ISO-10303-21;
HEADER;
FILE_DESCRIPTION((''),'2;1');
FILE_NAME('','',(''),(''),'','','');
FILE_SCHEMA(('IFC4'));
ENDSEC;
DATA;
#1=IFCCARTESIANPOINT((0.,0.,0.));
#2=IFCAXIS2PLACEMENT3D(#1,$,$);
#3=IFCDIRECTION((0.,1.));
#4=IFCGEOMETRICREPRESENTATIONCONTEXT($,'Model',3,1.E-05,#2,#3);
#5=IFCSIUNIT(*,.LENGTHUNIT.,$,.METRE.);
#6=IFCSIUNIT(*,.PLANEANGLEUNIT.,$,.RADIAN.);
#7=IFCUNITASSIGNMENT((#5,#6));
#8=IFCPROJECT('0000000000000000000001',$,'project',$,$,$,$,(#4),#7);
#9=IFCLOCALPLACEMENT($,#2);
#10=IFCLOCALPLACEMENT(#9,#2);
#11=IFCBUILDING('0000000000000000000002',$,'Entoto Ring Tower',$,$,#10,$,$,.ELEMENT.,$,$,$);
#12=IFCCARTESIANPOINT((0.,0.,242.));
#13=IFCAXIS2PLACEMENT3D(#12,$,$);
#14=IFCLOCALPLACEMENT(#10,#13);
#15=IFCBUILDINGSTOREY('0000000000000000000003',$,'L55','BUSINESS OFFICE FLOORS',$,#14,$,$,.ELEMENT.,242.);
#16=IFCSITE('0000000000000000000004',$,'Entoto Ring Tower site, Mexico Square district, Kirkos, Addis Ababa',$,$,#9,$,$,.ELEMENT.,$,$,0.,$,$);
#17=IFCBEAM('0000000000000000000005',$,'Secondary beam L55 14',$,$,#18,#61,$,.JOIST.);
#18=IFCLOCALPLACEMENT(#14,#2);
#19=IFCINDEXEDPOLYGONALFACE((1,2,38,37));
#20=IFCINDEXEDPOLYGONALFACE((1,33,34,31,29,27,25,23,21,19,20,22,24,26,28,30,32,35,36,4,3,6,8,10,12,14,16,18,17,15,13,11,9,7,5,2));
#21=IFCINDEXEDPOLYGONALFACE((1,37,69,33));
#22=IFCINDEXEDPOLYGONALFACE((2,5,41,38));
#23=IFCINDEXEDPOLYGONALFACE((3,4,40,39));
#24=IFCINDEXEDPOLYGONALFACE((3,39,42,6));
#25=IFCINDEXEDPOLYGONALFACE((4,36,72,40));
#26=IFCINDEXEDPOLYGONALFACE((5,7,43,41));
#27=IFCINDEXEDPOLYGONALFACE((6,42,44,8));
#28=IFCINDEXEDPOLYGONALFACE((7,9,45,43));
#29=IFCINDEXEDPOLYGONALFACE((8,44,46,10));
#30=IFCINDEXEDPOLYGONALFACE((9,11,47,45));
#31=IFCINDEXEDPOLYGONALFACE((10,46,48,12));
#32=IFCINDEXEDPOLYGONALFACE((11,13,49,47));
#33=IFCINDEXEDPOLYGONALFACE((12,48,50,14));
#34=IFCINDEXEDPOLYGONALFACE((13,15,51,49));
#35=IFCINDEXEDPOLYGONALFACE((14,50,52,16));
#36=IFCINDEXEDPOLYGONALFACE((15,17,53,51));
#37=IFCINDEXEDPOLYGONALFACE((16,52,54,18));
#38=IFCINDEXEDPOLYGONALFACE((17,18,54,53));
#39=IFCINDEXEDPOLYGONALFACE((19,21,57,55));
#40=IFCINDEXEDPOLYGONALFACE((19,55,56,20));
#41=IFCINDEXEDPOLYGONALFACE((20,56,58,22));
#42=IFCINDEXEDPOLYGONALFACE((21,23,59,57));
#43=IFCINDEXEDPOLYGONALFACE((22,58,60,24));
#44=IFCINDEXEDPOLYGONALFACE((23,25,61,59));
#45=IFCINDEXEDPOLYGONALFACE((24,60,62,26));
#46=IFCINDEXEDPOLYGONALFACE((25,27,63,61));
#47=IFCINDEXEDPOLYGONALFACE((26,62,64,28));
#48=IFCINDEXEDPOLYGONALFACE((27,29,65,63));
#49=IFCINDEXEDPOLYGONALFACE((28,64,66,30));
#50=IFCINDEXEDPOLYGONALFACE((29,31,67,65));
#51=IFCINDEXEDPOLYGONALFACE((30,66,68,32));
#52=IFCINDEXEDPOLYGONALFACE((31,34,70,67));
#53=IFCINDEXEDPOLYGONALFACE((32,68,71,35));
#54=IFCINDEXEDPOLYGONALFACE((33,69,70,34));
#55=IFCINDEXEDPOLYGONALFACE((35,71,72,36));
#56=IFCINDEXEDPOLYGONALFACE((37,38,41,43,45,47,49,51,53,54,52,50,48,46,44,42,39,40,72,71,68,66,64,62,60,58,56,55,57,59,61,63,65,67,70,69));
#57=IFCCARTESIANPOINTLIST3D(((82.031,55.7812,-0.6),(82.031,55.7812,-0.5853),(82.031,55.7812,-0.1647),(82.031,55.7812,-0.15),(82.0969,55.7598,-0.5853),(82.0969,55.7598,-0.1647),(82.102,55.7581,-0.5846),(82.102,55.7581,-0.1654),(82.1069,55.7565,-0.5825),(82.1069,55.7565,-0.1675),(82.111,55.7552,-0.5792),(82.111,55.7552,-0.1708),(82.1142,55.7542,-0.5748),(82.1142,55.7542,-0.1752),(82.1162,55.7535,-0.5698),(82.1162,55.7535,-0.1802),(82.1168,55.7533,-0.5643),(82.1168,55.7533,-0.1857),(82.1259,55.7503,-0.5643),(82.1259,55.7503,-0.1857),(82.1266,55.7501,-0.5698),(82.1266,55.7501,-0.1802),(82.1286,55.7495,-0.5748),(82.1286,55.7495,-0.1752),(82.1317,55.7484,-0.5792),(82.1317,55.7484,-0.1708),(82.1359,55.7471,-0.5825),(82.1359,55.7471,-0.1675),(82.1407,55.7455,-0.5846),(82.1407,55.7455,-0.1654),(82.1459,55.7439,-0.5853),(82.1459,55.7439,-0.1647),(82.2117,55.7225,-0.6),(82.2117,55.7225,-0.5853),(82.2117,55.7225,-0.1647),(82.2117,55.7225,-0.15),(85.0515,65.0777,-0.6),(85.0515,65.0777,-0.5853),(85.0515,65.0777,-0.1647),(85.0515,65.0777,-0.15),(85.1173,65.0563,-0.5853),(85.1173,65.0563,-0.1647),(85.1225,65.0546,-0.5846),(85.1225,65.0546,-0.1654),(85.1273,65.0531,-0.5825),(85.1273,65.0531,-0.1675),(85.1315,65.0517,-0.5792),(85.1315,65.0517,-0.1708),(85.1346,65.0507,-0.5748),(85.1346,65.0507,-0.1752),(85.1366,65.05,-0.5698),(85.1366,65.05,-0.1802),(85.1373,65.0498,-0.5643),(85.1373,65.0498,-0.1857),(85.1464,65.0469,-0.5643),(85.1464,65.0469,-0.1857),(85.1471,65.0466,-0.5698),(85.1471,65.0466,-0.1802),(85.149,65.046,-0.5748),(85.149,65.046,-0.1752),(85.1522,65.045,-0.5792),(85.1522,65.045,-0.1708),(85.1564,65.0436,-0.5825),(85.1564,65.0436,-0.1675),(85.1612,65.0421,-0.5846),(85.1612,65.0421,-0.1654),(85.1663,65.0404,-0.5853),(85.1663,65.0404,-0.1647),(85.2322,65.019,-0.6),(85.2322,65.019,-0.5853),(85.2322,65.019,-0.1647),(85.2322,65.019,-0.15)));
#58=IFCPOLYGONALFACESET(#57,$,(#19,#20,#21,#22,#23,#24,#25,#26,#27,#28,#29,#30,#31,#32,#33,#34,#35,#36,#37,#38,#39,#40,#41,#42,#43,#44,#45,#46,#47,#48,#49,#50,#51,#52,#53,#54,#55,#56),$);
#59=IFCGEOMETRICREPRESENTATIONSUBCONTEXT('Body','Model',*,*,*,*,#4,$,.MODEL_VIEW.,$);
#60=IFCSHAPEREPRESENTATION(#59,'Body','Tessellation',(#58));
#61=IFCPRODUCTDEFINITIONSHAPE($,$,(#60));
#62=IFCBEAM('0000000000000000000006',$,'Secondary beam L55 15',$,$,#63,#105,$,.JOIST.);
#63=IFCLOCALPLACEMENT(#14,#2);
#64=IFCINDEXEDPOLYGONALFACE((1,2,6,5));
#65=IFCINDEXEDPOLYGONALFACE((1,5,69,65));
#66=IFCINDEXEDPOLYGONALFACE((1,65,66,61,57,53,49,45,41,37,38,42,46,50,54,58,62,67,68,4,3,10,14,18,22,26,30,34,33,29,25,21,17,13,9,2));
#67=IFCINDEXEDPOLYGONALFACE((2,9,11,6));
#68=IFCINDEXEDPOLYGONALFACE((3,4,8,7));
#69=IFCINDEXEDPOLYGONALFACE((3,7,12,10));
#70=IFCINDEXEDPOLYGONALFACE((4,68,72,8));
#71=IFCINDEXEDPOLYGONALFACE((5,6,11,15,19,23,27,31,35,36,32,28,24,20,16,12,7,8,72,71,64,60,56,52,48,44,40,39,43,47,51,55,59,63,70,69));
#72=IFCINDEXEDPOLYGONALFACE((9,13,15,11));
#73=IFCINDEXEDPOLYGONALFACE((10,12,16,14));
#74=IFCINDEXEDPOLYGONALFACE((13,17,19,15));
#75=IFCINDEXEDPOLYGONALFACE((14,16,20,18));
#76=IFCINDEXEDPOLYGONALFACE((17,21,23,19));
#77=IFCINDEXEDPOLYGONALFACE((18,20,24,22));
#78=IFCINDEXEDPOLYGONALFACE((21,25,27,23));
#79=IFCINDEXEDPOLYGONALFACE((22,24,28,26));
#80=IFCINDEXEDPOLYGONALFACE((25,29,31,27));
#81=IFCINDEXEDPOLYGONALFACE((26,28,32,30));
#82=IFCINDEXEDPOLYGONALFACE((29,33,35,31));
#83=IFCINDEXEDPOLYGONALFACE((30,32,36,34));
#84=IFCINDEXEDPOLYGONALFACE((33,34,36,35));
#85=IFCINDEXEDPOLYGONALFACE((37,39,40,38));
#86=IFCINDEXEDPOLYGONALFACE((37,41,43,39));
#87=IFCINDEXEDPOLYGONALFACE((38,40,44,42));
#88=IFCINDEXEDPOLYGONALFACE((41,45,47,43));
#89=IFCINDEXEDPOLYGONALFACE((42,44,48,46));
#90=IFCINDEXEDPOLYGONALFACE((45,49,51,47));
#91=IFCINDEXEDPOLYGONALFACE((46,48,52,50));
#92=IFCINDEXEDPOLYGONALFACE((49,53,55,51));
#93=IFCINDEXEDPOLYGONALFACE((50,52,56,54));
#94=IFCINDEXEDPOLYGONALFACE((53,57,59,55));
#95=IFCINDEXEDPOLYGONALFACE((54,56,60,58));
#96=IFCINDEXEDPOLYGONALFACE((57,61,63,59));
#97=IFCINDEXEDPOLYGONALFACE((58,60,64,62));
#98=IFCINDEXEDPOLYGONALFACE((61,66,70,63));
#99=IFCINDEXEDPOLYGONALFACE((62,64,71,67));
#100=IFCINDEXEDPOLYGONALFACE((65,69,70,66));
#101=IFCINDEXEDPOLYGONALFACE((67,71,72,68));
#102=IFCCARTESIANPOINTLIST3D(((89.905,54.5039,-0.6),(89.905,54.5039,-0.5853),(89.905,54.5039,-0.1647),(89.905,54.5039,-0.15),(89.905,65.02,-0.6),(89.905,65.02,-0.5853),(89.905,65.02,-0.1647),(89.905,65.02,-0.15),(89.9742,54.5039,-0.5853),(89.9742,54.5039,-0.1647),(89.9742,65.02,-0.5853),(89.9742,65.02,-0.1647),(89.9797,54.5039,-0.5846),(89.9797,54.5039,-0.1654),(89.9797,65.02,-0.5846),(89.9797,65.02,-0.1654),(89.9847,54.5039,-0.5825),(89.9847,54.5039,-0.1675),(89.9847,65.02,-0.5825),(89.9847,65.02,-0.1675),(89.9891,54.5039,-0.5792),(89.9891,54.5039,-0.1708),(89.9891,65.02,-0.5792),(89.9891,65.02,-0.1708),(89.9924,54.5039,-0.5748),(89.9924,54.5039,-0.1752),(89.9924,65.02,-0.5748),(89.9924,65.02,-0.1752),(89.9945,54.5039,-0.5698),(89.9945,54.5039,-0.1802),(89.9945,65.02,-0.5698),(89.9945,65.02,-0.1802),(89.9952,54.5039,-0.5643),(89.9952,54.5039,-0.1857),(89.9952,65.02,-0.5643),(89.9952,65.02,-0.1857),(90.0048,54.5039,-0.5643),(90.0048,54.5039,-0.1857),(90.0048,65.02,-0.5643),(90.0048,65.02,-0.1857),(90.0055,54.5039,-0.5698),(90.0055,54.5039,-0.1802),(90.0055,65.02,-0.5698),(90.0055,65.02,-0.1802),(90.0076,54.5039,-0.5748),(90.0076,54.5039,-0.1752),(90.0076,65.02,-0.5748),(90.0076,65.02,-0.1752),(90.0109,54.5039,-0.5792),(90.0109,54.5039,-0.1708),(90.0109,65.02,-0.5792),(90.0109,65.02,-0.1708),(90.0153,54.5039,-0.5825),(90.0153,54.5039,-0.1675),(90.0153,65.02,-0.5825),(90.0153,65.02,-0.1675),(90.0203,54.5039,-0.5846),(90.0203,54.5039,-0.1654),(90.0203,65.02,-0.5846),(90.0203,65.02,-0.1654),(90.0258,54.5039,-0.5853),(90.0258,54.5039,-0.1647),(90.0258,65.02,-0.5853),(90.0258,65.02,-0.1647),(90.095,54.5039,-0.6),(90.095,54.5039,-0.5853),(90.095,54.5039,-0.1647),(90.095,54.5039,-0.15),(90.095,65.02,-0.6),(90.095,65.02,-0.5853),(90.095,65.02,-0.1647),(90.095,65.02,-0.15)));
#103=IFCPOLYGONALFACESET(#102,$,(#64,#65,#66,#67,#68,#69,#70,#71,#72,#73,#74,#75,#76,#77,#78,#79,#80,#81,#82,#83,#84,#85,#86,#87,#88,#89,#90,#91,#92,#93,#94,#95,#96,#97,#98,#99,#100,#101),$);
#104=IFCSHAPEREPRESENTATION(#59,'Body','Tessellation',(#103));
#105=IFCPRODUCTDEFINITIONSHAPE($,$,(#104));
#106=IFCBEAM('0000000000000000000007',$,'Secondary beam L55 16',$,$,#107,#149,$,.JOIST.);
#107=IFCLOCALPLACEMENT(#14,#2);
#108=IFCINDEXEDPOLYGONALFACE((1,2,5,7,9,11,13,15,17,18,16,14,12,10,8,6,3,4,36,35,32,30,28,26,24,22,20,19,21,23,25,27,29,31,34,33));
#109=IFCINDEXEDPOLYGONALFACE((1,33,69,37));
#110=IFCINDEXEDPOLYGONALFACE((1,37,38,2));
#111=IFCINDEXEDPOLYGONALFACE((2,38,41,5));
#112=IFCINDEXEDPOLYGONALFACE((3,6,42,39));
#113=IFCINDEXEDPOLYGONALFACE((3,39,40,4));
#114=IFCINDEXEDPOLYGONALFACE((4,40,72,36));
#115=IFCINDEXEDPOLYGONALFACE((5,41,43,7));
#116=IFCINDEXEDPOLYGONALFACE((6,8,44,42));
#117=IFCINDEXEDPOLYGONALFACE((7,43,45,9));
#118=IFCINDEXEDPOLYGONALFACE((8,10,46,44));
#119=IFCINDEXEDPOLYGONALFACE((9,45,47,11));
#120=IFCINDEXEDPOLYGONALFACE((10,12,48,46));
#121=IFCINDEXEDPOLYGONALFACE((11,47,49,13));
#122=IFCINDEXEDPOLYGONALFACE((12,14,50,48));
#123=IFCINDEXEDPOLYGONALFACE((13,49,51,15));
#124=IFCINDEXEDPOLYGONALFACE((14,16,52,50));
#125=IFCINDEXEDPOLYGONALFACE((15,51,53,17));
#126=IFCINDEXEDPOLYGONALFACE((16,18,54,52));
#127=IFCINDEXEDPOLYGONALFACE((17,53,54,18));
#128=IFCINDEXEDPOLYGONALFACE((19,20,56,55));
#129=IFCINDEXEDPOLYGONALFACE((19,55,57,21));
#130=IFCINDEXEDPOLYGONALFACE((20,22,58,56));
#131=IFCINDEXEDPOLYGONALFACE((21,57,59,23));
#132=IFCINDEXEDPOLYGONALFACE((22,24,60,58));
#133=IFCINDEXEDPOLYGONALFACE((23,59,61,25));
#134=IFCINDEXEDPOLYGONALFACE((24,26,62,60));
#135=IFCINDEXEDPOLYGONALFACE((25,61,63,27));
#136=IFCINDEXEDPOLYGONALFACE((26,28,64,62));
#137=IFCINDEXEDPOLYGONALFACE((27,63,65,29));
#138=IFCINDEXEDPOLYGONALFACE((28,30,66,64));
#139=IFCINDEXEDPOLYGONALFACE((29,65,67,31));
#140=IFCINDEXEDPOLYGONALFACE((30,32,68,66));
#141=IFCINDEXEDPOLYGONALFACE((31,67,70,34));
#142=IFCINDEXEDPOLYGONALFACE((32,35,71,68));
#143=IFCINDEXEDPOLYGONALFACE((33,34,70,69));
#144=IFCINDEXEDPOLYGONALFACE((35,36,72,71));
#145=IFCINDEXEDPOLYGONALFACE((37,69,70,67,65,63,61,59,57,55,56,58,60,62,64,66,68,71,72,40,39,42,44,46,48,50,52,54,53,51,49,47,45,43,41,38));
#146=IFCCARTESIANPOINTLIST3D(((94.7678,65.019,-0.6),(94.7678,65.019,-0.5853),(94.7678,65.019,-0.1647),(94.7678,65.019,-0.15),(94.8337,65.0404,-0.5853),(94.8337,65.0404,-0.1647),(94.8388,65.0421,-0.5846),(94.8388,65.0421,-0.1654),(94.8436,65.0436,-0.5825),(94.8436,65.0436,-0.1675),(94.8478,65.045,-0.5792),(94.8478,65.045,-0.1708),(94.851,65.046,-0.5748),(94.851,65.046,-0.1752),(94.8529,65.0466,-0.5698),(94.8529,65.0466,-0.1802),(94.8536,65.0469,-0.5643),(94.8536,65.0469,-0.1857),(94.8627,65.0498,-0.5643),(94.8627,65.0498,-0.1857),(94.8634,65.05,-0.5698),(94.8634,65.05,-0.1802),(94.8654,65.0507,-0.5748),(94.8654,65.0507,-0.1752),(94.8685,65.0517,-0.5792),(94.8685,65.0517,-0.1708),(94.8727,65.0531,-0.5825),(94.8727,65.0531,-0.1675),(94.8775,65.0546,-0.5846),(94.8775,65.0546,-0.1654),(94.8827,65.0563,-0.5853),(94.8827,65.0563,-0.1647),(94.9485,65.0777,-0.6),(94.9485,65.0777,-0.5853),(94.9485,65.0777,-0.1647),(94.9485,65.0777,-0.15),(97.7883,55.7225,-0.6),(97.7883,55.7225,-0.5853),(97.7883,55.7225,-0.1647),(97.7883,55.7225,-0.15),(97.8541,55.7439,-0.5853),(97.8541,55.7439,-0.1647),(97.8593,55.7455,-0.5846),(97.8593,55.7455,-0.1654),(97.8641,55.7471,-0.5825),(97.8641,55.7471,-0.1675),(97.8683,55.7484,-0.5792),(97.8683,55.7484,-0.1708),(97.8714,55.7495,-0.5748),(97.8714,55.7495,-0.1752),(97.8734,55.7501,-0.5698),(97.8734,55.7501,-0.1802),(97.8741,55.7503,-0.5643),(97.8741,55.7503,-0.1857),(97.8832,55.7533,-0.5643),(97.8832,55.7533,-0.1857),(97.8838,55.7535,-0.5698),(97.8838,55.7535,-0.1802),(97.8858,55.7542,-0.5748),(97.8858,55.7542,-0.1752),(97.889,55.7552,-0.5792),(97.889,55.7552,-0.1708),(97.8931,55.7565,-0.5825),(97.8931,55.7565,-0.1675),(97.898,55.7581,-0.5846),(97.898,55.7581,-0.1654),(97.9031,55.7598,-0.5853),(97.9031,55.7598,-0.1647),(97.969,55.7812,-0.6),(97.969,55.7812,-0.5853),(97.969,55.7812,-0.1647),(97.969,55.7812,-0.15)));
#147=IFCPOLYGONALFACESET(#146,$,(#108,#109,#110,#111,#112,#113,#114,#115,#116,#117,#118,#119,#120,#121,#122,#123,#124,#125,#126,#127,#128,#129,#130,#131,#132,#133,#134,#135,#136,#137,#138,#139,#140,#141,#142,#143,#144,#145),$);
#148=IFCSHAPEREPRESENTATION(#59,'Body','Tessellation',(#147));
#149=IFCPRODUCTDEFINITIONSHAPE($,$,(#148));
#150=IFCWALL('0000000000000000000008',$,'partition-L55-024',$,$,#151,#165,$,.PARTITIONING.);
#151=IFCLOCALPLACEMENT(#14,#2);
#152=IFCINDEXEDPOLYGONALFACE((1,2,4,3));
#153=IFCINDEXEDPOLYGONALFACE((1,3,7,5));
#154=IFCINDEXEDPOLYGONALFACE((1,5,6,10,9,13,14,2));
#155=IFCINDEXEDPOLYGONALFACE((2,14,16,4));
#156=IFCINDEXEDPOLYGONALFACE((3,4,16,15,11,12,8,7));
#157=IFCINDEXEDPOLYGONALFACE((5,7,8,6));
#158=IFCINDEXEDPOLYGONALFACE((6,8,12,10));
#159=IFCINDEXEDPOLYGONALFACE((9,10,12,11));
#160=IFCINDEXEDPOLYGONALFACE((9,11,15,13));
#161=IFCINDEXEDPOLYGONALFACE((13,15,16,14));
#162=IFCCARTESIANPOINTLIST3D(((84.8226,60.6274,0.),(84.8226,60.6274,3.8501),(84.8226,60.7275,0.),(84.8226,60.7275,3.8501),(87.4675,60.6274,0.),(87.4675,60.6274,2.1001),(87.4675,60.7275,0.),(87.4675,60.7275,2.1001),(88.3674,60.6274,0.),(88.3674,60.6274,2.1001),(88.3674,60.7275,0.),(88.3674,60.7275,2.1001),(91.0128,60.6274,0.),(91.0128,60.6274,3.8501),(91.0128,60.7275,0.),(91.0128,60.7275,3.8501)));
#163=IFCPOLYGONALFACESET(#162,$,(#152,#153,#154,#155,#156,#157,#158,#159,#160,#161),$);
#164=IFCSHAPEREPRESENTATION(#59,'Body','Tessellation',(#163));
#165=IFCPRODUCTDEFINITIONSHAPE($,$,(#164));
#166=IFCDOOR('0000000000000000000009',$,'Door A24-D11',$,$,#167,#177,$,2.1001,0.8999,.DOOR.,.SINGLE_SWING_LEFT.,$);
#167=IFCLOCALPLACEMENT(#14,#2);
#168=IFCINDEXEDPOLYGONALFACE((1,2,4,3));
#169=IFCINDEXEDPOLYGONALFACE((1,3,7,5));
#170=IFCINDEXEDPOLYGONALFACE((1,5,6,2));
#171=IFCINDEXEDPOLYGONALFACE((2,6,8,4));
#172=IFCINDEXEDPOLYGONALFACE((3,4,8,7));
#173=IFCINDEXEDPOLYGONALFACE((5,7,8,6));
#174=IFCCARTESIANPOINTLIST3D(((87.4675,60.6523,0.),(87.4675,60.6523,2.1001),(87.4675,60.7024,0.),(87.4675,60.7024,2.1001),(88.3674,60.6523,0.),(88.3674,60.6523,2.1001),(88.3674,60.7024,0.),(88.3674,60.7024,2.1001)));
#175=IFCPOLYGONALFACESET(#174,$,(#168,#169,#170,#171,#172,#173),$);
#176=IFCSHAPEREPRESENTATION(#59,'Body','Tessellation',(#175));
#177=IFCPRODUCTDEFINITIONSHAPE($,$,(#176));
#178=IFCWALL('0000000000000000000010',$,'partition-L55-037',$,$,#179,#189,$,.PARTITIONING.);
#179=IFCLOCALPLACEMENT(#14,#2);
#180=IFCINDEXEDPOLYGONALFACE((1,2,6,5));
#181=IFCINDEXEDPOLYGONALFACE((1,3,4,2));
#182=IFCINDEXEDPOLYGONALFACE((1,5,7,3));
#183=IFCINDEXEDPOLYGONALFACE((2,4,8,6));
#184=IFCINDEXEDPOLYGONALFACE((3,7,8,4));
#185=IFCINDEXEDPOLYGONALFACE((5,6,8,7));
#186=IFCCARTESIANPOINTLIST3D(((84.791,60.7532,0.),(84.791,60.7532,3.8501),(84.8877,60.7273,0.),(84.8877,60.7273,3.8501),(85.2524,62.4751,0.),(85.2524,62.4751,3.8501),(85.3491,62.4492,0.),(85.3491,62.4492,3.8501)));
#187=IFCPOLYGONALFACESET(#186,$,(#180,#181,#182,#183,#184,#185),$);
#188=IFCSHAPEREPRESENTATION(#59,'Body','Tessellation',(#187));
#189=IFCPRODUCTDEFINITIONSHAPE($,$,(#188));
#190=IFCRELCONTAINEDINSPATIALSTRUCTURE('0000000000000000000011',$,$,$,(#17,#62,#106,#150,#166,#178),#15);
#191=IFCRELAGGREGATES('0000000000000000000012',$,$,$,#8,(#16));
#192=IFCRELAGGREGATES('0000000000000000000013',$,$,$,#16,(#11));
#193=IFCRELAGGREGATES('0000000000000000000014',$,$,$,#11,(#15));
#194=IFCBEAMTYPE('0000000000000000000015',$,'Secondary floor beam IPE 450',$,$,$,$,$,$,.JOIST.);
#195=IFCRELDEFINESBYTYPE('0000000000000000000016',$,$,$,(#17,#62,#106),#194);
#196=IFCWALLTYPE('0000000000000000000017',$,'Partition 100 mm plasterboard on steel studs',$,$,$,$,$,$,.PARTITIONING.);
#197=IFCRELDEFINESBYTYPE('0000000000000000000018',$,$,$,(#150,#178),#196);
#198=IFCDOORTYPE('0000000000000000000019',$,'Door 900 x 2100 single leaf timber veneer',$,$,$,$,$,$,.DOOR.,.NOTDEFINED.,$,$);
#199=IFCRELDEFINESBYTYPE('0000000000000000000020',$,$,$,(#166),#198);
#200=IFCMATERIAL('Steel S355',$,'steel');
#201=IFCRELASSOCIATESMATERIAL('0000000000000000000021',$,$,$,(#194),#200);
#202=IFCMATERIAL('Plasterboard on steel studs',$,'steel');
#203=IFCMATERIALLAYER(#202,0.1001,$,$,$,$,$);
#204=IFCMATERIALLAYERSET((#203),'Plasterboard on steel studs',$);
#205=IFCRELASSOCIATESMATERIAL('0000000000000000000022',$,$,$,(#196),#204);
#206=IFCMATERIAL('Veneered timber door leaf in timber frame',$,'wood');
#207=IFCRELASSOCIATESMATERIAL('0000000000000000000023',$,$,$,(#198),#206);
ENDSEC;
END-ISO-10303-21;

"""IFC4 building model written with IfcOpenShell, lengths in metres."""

from ifc_helpers import new_model, si_unit, direction, frame, frame_2d, origin, origin_2d, place, context, subcontext, project, spatial, rectangle, i_section, extrude, material, layer, layer_set, material_profile, profile_set, type_object, element, fill, save


model = new_model("IFC4")

# Units and contexts
model_context = context("Model", 3, precision=1e-05, world=origin(), true_north=direction((0.0, 1.0)))
body_context = subcontext(model_context, "Body", "Model", "MODEL_VIEW")
ifc_project = project(units=[si_unit("LENGTHUNIT", "METRE"), si_unit("PLANEANGLEUNIT", "RADIAN")], contexts=[model_context])

# Site, building, storey
site_placement = place(None, origin())
site = spatial("IfcSite", under=ifc_project, at=site_placement, Name="Entoto Ring Tower site, Mexico Square district, Kirkos, Addis Ababa", CompositionType="ELEMENT", RefElevation=0.0)
building_placement = place(site_placement, origin())
building = spatial("IfcBuilding", under=site, at=building_placement, Name="Entoto Ring Tower", CompositionType="ELEMENT")
storey_placement = place(building_placement, frame((0.0, 0.0, 242.0)))
storey = spatial("IfcBuildingStorey", under=building, at=storey_placement, Name="L55", Description="BUSINESS OFFICE FLOORS", CompositionType="ELEMENT", Elevation=242.0)

# Beams
ifc_material_1 = material(Name="Steel S355", Category="steel")
ifc_material_profile_1 = material_profile(ifc_material_1, i_section(OverallWidth=0.1899, OverallDepth=0.45, WebThickness=0.0095, FlangeThickness=0.0146, FilletRadius=0.021, at=origin_2d()), Name="IPE 450")
ifc_profile_set_1 = profile_set([ifc_material_profile_1], Name="Steel S355")
beam_type_1 = type_object("IfcBeamType", Name="Secondary floor beam IPE 450", PredefinedType="JOIST", material=ifc_profile_set_1)
beam_1_placement = place(storey_placement, frame((85.1418, 65.0483, -0.375), z_axis=(-0.309003, -0.951061, 0.0), x_axis=(0.951061, -0.309003, 0.0)))
element("IfcBeam", 1, at=beam_1_placement, inside=storey, type_object=beam_type_1, Name="Secondary beam L55 14", PredefinedType="JOIST", context=body_context, shape_type="SweptSolid", body=[
    extrude(i_section(OverallWidth=0.1899, OverallDepth=0.45, WebThickness=0.0095, FlangeThickness=0.0146, FilletRadius=0.021, at=origin_2d()), origin(), (0.0, 0.0, 1.0), 9.7749),
])
beam_2_placement = place(storey_placement, frame((90.0, 65.02, -0.375), z_axis=(0.0, -1.0, 0.0), x_axis=(1.0, 0.0, 0.0)))
element("IfcBeam", 2, at=beam_2_placement, inside=storey, type_object=beam_type_1, Name="Secondary beam L55 15", PredefinedType="JOIST", context=body_context, shape_type="SweptSolid", body=[
    extrude(i_section(OverallWidth=0.1899, OverallDepth=0.45, WebThickness=0.0095, FlangeThickness=0.0146, FilletRadius=0.021, at=origin_2d()), origin(), (0.0, 0.0, 1.0), 10.5161),
])
beam_3_placement = place(storey_placement, frame((94.8582, 65.0483, -0.375), z_axis=(0.309003, -0.951061, 0.0), x_axis=(0.951061, 0.309003, 0.0)))
element("IfcBeam", 3, at=beam_3_placement, inside=storey, type_object=beam_type_1, Name="Secondary beam L55 16", PredefinedType="JOIST", context=body_context, shape_type="SweptSolid", body=[
    extrude(i_section(OverallWidth=0.1899, OverallDepth=0.45, WebThickness=0.0095, FlangeThickness=0.0146, FilletRadius=0.021, at=origin_2d()), origin(), (0.0, 0.0, 1.0), 9.7749),
])

# Wall, opening, door
ifc_material_2 = material(Name="Plasterboard on steel studs", Category="steel")
ifc_layer = layer(ifc_material_2, 0.1001)
ifc_layer_set = layer_set([ifc_layer], Name="Plasterboard on steel studs")
wall_type = type_object("IfcWallType", Name="Partition 100 mm plasterboard on steel studs", PredefinedType="PARTITIONING", material=ifc_layer_set)
wall_1_placement = place(storey_placement, frame((84.8225, 60.6775, 0.0), z_axis=(0.0, 0.0, 1.0), x_axis=(1.0, 0.0, 0.0)))
wall_1 = element("IfcWall", 4, at=wall_1_placement, inside=storey, type_object=wall_type, Name="partition-L55-024", PredefinedType="PARTITIONING", context=body_context, shape_type="SweptSolid", body=[
    extrude(rectangle(XDim=6.1902, YDim=0.1001, at=frame_2d((3.0952, 0.0))), origin(), (0.0, 0.0, 1.0), 3.8501),
])
opening_placement = place(wall_1_placement, frame((2.645, 0.0, 0.0)))
opening = element("IfcOpeningElement", 5, at=opening_placement, cuts=wall_1, PredefinedType="OPENING", context=body_context, shape_type="SweptSolid", body=[
    extrude(rectangle(XDim=0.8999, YDim=2.1001, at=frame_2d((0.45, 1.05))), frame((0.0, 0.0601, 0.0), z_axis=(0.0, -1.0, 0.0), x_axis=(1.0, 0.0, 0.0)), (0.0, 0.0, 1.0), 0.1201),
])
ifc_material_3 = material(Name="Veneered timber door leaf in timber frame", Category="wood")
door_type = type_object("IfcDoorType", Name="Door 900 x 2100 single leaf timber veneer", OperationType="NOTDEFINED", PredefinedType="DOOR", material=ifc_material_3)
door_placement = place(opening_placement, origin())
door = element("IfcDoor", 6, at=door_placement, inside=storey, type_object=door_type, Name="Door A24-D11", OperationType="SINGLE_SWING_LEFT", OverallHeight=2.1001, OverallWidth=0.8999, PredefinedType="DOOR", context=body_context, shape_type="SweptSolid", body=[
    extrude(rectangle(XDim=0.8999, YDim=2.1001, at=frame_2d((0.45, 1.05))), frame((0.0, 0.0249, 0.0), z_axis=(0.0, -1.0, 0.0), x_axis=(1.0, 0.0, 0.0)), (0.0, 0.0, 1.0), 0.05),
])
fill(opening, door)

# Wall
wall_2_placement = place(storey_placement, frame((84.8394, 60.7402, 0.0), z_axis=(0.0, 0.0, 1.0), x_axis=(0.258839, 0.965921, 0.0)))
element("IfcWall", 7, at=wall_2_placement, inside=storey, type_object=wall_type, Name="partition-L55-037", PredefinedType="PARTITIONING", context=body_context, shape_type="SweptSolid", body=[
    extrude(rectangle(XDim=1.7827, YDim=0.1001, at=frame_2d((0.8914, 0.0))), origin(), (0.0, 0.0, 1.0), 3.8501),
])

save(model, "model.ifc")
